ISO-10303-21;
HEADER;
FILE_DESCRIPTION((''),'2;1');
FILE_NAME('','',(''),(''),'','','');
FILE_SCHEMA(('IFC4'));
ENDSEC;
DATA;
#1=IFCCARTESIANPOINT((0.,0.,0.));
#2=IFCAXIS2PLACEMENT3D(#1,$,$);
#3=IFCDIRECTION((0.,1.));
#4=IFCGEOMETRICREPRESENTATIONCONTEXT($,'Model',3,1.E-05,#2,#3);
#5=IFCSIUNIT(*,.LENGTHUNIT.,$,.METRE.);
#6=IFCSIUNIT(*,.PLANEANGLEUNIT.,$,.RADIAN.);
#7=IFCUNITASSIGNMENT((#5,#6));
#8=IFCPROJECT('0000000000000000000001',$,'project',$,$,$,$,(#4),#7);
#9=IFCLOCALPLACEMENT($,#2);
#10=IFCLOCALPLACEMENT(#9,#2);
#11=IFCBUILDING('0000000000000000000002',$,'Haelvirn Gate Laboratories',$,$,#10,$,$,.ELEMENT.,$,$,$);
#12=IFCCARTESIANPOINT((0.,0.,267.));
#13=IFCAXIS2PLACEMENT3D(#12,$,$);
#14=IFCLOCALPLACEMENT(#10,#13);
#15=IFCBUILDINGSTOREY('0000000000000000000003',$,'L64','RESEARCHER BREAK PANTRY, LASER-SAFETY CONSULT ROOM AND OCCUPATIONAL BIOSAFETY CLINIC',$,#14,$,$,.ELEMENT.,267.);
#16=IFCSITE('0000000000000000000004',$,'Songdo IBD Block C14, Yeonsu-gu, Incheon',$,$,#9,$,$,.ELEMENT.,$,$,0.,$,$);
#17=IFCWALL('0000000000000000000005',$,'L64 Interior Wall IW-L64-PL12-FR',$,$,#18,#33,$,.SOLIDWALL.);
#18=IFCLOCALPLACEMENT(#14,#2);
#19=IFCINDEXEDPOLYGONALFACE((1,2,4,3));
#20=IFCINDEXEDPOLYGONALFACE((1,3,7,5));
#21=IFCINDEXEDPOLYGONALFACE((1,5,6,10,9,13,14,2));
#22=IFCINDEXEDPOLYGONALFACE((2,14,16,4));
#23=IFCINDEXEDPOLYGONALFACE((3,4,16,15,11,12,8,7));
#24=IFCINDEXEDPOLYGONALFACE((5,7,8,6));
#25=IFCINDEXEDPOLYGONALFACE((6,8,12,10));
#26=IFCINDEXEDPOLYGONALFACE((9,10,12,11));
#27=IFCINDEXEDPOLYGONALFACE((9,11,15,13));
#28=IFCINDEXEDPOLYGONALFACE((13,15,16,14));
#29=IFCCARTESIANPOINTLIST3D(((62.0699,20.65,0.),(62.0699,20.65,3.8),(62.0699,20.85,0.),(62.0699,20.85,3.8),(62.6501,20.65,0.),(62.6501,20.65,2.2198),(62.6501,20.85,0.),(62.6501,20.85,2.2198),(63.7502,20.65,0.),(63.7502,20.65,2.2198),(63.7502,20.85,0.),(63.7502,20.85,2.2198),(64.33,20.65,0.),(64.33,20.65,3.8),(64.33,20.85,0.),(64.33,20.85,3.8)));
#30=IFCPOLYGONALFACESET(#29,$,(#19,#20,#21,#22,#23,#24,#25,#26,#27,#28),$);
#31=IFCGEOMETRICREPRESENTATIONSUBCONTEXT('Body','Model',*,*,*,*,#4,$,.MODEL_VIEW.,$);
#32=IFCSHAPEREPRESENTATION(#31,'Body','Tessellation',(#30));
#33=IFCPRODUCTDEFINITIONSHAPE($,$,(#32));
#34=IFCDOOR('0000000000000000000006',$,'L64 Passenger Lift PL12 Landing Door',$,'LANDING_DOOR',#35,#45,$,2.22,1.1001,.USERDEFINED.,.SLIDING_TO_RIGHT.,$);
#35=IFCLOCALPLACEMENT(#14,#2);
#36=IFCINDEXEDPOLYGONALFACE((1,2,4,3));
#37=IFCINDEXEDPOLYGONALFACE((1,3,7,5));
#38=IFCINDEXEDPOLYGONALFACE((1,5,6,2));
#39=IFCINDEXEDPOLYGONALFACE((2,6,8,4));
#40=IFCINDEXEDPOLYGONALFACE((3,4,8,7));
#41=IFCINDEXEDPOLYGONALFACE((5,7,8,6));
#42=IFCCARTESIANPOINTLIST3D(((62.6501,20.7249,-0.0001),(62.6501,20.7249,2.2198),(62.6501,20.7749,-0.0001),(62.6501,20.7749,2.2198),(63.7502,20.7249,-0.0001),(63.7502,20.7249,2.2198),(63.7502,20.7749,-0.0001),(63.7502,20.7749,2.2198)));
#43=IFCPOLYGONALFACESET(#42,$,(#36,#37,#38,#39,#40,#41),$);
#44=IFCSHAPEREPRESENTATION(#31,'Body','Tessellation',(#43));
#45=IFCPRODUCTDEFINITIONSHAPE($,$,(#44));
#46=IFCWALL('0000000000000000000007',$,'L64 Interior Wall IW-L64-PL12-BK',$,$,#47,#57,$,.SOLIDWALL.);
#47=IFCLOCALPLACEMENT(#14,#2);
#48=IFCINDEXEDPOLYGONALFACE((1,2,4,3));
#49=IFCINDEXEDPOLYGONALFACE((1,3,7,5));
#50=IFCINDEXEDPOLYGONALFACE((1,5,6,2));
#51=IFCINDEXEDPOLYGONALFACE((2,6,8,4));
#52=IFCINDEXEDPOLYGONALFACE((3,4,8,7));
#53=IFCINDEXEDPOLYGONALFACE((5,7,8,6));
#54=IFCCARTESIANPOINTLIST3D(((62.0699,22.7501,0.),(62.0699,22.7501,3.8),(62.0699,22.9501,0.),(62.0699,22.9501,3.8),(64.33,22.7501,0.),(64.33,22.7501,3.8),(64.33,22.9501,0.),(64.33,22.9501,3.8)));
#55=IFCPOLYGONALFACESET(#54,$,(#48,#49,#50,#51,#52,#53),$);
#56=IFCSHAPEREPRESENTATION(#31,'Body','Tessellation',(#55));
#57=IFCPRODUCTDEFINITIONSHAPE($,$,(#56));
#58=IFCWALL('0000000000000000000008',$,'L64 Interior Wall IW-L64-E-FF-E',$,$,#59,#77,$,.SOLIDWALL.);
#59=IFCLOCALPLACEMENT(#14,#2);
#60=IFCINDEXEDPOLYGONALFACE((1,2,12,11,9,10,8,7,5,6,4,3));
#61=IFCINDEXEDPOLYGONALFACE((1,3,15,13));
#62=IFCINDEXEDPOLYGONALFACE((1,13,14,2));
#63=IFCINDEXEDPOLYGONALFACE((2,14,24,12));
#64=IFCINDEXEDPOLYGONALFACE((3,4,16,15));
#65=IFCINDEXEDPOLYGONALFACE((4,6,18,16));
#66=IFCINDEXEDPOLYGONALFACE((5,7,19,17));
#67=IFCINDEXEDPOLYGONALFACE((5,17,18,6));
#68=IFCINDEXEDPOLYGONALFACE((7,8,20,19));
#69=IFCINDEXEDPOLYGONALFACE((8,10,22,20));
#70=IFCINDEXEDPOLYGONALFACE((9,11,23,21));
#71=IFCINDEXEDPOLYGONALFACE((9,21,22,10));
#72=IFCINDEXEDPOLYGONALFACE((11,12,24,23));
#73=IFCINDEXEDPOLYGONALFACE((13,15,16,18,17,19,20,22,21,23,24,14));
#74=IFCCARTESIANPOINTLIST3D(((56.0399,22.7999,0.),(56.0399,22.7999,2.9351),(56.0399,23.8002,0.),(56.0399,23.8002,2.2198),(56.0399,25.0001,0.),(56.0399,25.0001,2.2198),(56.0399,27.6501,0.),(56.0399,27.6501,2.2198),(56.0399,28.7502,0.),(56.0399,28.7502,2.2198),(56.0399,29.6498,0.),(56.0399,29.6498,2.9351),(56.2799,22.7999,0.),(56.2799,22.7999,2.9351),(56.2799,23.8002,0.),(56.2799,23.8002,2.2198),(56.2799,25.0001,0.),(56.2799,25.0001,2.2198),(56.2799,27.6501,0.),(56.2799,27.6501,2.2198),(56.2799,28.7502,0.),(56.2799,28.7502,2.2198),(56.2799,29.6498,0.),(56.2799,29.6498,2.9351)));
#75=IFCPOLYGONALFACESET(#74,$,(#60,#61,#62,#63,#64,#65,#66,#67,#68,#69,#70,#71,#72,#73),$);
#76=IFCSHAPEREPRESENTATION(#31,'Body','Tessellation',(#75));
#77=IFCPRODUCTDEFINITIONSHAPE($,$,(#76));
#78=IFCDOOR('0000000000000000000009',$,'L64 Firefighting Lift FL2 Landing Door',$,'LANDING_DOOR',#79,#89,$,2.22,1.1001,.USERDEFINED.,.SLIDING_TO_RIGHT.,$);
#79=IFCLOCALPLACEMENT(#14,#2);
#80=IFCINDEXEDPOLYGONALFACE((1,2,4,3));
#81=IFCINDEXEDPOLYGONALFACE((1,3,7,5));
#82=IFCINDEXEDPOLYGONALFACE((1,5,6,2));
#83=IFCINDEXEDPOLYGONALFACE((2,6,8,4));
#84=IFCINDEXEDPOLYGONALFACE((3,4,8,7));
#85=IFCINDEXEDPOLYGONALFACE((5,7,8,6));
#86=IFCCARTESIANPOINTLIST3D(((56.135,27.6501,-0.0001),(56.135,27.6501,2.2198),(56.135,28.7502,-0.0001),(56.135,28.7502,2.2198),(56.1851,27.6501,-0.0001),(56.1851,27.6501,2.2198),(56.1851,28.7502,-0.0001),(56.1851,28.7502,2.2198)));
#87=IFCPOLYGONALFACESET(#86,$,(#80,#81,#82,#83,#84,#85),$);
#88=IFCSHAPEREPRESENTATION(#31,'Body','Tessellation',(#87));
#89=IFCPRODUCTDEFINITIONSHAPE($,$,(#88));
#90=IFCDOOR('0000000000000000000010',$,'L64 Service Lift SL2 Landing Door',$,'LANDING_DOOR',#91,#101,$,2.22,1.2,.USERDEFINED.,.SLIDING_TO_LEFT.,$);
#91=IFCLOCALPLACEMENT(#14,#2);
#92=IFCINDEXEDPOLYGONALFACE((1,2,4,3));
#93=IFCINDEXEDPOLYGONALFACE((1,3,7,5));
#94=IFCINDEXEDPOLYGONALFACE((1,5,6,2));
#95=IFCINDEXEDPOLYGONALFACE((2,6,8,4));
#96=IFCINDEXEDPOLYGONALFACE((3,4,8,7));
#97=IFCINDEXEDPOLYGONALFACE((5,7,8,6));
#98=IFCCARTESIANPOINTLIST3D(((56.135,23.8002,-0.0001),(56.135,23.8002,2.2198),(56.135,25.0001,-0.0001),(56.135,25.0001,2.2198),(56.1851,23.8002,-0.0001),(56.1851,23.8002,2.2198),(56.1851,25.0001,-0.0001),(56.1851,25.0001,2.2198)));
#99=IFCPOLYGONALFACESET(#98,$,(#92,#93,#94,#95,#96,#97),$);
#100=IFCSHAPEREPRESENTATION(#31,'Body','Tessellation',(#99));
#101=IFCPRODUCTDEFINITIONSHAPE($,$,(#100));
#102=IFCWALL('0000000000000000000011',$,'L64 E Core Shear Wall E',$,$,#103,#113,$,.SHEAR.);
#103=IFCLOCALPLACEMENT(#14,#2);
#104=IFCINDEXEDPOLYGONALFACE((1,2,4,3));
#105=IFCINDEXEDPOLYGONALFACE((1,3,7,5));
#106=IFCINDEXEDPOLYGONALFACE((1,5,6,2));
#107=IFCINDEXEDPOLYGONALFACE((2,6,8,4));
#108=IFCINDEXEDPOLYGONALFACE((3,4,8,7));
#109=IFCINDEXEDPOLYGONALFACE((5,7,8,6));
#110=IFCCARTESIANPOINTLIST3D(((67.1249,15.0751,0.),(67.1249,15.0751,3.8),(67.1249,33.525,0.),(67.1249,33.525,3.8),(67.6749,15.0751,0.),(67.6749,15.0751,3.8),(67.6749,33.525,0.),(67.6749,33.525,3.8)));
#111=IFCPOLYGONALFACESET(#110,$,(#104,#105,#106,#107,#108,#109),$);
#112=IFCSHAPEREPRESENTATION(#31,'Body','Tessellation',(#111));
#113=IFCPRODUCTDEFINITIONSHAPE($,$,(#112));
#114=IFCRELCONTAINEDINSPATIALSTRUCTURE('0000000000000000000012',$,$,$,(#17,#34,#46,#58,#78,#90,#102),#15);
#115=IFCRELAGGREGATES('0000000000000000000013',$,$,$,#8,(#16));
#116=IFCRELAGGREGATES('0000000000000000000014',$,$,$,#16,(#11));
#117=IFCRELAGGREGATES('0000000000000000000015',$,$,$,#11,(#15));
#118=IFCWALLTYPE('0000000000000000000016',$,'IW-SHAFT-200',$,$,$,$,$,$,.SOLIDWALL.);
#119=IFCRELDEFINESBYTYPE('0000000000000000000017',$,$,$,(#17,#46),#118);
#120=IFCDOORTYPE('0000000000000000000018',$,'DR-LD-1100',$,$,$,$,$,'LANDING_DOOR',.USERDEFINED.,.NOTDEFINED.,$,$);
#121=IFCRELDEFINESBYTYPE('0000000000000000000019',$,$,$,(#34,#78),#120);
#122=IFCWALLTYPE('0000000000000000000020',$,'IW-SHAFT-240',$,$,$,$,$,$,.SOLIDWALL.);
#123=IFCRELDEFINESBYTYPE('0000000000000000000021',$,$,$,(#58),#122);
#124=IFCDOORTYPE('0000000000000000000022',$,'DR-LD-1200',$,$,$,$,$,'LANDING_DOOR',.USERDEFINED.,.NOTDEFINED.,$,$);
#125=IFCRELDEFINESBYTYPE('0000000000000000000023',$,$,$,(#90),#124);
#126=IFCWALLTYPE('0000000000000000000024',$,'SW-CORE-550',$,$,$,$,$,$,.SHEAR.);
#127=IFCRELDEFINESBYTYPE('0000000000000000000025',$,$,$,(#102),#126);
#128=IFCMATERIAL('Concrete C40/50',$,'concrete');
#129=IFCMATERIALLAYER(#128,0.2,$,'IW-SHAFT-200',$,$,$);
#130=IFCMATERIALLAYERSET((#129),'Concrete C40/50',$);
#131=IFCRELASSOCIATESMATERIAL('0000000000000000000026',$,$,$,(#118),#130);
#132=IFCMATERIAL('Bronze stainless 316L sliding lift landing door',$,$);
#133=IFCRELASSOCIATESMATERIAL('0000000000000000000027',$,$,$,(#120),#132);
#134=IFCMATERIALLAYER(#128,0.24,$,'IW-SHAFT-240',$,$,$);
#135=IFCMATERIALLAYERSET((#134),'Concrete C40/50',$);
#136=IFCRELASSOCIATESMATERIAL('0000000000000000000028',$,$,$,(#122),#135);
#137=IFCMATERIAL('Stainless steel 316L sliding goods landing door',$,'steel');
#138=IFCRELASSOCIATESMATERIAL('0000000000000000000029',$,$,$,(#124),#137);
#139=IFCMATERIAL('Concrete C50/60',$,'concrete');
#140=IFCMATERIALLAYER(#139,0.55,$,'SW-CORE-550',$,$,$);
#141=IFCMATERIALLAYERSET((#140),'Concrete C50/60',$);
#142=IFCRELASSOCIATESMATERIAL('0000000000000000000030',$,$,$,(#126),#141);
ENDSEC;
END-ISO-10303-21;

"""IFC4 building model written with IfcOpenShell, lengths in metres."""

from ifc_helpers import new_model, si_unit, direction, frame, frame_2d, origin, place, context, subcontext, project, spatial, rectangle, extrude, source, transform, mapped, material, layer, layer_set, type_object, type_shapes, element, fill, save


model = new_model("IFC4")

# Units and contexts
model_context = context("Model", 3, precision=1e-05, world=origin(), true_north=direction((0.0, 1.0)))
body_context = subcontext(model_context, "Body", "Model", "MODEL_VIEW")
ifc_project = project(units=[si_unit("LENGTHUNIT", "METRE"), si_unit("PLANEANGLEUNIT", "RADIAN")], contexts=[model_context])

# Site, building, storey
site_placement = place(None, origin())
site = spatial("IfcSite", under=ifc_project, at=site_placement, Name="Songdo IBD Block C14, Yeonsu-gu, Incheon", CompositionType="ELEMENT", RefElevation=0.0)
building_placement = place(site_placement, origin())
building = spatial("IfcBuilding", under=site, at=building_placement, Name="Haelvirn Gate Laboratories", CompositionType="ELEMENT")
storey_placement = place(building_placement, frame((0.0, 0.0, 267.0)))
storey = spatial("IfcBuildingStorey", under=building, at=storey_placement, Name="L64", Description="RESEARCHER BREAK PANTRY, LASER-SAFETY CONSULT ROOM AND OCCUPATIONAL BIOSAFETY CLINIC", CompositionType="ELEMENT", Elevation=267.0)

# Shared definitions
ifc_material_1 = material(Name="Concrete C50/60", Category="concrete")

# Shared definitions
ifc_material_2 = material(Name="Concrete C40/50", Category="concrete")

# Shared definitions
ifc_layer_1 = layer(ifc_material_2, 0.2, Name="IW-SHAFT-200")
ifc_layer_set_1 = layer_set([ifc_layer_1], Name="Concrete C40/50")
wall_type_1 = type_object("IfcWallType", Name="IW-SHAFT-200", PredefinedType="SOLIDWALL", material=ifc_layer_set_1)
ifc_material_3 = material(Name="Bronze stainless 316L sliding lift landing door")
door_type_1 = type_object("IfcDoorType", Name="DR-LD-1100", ElementType="LANDING_DOOR", OperationType="NOTDEFINED", PredefinedType="USERDEFINED", material=ifc_material_3)
shared_shape_1 = source(origin(), body_context, "Body", "SweptSolid", [
    extrude(rectangle(XDim=1.1001, YDim=2.22, at=frame_2d((0.55, 1.1099))), frame((0.0, 0.0249, 0.0), z_axis=(0.0, -1.0, 0.0), x_axis=(1.0, 0.0, 0.0)), (0.0, 0.0, 1.0), 0.05),
])
type_shapes(door_type_1, [shared_shape_1])

# Wall, opening, door
wall_1_placement = place(storey_placement, frame((62.0701, 20.75, 0.0), z_axis=(0.0, 0.0, 1.0), x_axis=(1.0, 0.0, 0.0)))
wall_1 = element("IfcWall", 1, at=wall_1_placement, inside=storey, type_object=wall_type_1, Name="L64 Interior Wall IW-L64-PL12-FR", PredefinedType="SOLIDWALL", context=body_context, shape_type="SweptSolid", body=[
    extrude(rectangle(XDim=2.26, YDim=0.2, at=frame_2d((1.1299, 0.0))), origin(), (0.0, 0.0, 1.0), 3.8),
])
opening_1_placement = place(wall_1_placement, frame((0.5801, 0.0, 0.0)))
opening_1 = element("IfcOpeningElement", 2, at=opening_1_placement, cuts=wall_1, PredefinedType="OPENING", context=body_context, shape_type="SweptSolid", body=[
    extrude(rectangle(XDim=1.1001, YDim=2.22, at=frame_2d((0.55, 1.1099))), frame((0.0, 0.1099, 0.0), z_axis=(0.0, -1.0, 0.0), x_axis=(1.0, 0.0, 0.0)), (0.0, 0.0, 1.0), 0.22),
])
door_1_placement = place(opening_1_placement, origin())
door_1 = element("IfcDoor", 3, at=door_1_placement, inside=storey, type_object=door_type_1, Name="L64 Passenger Lift PL12 Landing Door", ObjectType="LANDING_DOOR", OperationType="SLIDING_TO_RIGHT", OverallHeight=2.22, OverallWidth=1.1001, PredefinedType="USERDEFINED", context=body_context, shape_type="MappedRepresentation", body=[
    mapped(shared_shape_1, transform((0.0, 0.0, 0.0), scale=1.0)),
])
fill(opening_1, door_1)

# Wall
wall_2_placement = place(storey_placement, frame((62.0701, 22.8501, 0.0), z_axis=(0.0, 0.0, 1.0), x_axis=(1.0, 0.0, 0.0)))
element("IfcWall", 4, at=wall_2_placement, inside=storey, type_object=wall_type_1, Name="L64 Interior Wall IW-L64-PL12-BK", PredefinedType="SOLIDWALL", context=body_context, shape_type="SweptSolid", body=[
    extrude(rectangle(XDim=2.26, YDim=0.2, at=frame_2d((1.1299, 0.0))), origin(), (0.0, 0.0, 1.0), 3.8),
])

# Wall, openings, doors
ifc_layer_2 = layer(ifc_material_2, 0.24, Name="IW-SHAFT-240")
ifc_layer_set_2 = layer_set([ifc_layer_2], Name="Concrete C40/50")
wall_type_2 = type_object("IfcWallType", Name="IW-SHAFT-240", PredefinedType="SOLIDWALL", material=ifc_layer_set_2)
wall_3_placement = place(storey_placement, frame((56.1599, 22.8, 0.0), z_axis=(0.0, 0.0, 1.0), x_axis=(0.0, 1.0, 0.0)))
wall_3 = element("IfcWall", 5, at=wall_3_placement, inside=storey, type_object=wall_type_2, Name="L64 Interior Wall IW-L64-E-FF-E", PredefinedType="SOLIDWALL", context=body_context, shape_type="SweptSolid", body=[
    extrude(rectangle(XDim=6.8499, YDim=0.24, at=frame_2d((3.4248, 0.0))), origin(), (0.0, 0.0, 1.0), 2.9351),
])
opening_2_placement = place(wall_3_placement, frame((4.8501, 0.0, 0.0)))
opening_2 = element("IfcOpeningElement", 6, at=opening_2_placement, cuts=wall_3, PredefinedType="OPENING", context=body_context, shape_type="SweptSolid", body=[
    extrude(rectangle(XDim=1.1001, YDim=2.22, at=frame_2d((0.55, 1.1099))), frame((0.0, 0.1299, 0.0), z_axis=(0.0, -1.0, 0.0), x_axis=(1.0, 0.0, 0.0)), (0.0, 0.0, 1.0), 0.26),
])
opening_3_placement = place(wall_3_placement, frame((1.0, 0.0, 0.0)))
opening_3 = element("IfcOpeningElement", 7, at=opening_3_placement, cuts=wall_3, PredefinedType="OPENING", context=body_context, shape_type="SweptSolid", body=[
    extrude(rectangle(XDim=1.2, YDim=2.22, at=frame_2d((0.6001, 1.1099))), frame((0.0, 0.1299, 0.0), z_axis=(0.0, -1.0, 0.0), x_axis=(1.0, 0.0, 0.0)), (0.0, 0.0, 1.0), 0.26),
])
door_2_placement = place(opening_2_placement, origin())
door_2 = element("IfcDoor", 8, at=door_2_placement, inside=storey, type_object=door_type_1, Name="L64 Firefighting Lift FL2 Landing Door", ObjectType="LANDING_DOOR", OperationType="SLIDING_TO_RIGHT", OverallHeight=2.22, OverallWidth=1.1001, PredefinedType="USERDEFINED", context=body_context, shape_type="MappedRepresentation", body=[
    mapped(shared_shape_1, transform((0.0, 0.0, 0.0), scale=1.0)),
])
fill(opening_2, door_2)
ifc_material_4 = material(Name="Stainless steel 316L sliding goods landing door", Category="steel")
door_type_2 = type_object("IfcDoorType", Name="DR-LD-1200", ElementType="LANDING_DOOR", OperationType="NOTDEFINED", PredefinedType="USERDEFINED", material=ifc_material_4)
shared_shape_2 = source(origin(), body_context, "Body", "SweptSolid", [
    extrude(rectangle(XDim=1.2, YDim=2.22, at=frame_2d((0.6001, 1.1099))), frame((0.0, 0.0249, 0.0), z_axis=(0.0, -1.0, 0.0), x_axis=(1.0, 0.0, 0.0)), (0.0, 0.0, 1.0), 0.05),
])
type_shapes(door_type_2, [shared_shape_2])
door_3_placement = place(opening_3_placement, origin())
door_3 = element("IfcDoor", 9, at=door_3_placement, inside=storey, type_object=door_type_2, Name="L64 Service Lift SL2 Landing Door", ObjectType="LANDING_DOOR", OperationType="SLIDING_TO_LEFT", OverallHeight=2.22, OverallWidth=1.2, PredefinedType="USERDEFINED", context=body_context, shape_type="MappedRepresentation", body=[
    mapped(shared_shape_2, transform((0.0, 0.0, 0.0), scale=1.0)),
])
fill(opening_3, door_3)

# Wall
ifc_layer_3 = layer(ifc_material_1, 0.55, Name="SW-CORE-550")
ifc_layer_set_3 = layer_set([ifc_layer_3], Name="Concrete C50/60")
wall_type_3 = type_object("IfcWallType", Name="SW-CORE-550", PredefinedType="SHEAR", material=ifc_layer_set_3)
wall_4_placement = place(storey_placement, frame((67.3999, 15.075, 0.0), z_axis=(0.0, 0.0, 1.0), x_axis=(0.0, 1.0, 0.0)))
element("IfcWall", 10, at=wall_4_placement, inside=storey, type_object=wall_type_3, Name="L64 E Core Shear Wall E", PredefinedType="SHEAR", context=body_context, shape_type="SweptSolid", body=[
    extrude(rectangle(XDim=18.45, YDim=0.55, at=frame_2d((9.2251, 0.0))), origin(), (0.0, 0.0, 1.0), 3.8),
])

save(model, "model.ifc")
